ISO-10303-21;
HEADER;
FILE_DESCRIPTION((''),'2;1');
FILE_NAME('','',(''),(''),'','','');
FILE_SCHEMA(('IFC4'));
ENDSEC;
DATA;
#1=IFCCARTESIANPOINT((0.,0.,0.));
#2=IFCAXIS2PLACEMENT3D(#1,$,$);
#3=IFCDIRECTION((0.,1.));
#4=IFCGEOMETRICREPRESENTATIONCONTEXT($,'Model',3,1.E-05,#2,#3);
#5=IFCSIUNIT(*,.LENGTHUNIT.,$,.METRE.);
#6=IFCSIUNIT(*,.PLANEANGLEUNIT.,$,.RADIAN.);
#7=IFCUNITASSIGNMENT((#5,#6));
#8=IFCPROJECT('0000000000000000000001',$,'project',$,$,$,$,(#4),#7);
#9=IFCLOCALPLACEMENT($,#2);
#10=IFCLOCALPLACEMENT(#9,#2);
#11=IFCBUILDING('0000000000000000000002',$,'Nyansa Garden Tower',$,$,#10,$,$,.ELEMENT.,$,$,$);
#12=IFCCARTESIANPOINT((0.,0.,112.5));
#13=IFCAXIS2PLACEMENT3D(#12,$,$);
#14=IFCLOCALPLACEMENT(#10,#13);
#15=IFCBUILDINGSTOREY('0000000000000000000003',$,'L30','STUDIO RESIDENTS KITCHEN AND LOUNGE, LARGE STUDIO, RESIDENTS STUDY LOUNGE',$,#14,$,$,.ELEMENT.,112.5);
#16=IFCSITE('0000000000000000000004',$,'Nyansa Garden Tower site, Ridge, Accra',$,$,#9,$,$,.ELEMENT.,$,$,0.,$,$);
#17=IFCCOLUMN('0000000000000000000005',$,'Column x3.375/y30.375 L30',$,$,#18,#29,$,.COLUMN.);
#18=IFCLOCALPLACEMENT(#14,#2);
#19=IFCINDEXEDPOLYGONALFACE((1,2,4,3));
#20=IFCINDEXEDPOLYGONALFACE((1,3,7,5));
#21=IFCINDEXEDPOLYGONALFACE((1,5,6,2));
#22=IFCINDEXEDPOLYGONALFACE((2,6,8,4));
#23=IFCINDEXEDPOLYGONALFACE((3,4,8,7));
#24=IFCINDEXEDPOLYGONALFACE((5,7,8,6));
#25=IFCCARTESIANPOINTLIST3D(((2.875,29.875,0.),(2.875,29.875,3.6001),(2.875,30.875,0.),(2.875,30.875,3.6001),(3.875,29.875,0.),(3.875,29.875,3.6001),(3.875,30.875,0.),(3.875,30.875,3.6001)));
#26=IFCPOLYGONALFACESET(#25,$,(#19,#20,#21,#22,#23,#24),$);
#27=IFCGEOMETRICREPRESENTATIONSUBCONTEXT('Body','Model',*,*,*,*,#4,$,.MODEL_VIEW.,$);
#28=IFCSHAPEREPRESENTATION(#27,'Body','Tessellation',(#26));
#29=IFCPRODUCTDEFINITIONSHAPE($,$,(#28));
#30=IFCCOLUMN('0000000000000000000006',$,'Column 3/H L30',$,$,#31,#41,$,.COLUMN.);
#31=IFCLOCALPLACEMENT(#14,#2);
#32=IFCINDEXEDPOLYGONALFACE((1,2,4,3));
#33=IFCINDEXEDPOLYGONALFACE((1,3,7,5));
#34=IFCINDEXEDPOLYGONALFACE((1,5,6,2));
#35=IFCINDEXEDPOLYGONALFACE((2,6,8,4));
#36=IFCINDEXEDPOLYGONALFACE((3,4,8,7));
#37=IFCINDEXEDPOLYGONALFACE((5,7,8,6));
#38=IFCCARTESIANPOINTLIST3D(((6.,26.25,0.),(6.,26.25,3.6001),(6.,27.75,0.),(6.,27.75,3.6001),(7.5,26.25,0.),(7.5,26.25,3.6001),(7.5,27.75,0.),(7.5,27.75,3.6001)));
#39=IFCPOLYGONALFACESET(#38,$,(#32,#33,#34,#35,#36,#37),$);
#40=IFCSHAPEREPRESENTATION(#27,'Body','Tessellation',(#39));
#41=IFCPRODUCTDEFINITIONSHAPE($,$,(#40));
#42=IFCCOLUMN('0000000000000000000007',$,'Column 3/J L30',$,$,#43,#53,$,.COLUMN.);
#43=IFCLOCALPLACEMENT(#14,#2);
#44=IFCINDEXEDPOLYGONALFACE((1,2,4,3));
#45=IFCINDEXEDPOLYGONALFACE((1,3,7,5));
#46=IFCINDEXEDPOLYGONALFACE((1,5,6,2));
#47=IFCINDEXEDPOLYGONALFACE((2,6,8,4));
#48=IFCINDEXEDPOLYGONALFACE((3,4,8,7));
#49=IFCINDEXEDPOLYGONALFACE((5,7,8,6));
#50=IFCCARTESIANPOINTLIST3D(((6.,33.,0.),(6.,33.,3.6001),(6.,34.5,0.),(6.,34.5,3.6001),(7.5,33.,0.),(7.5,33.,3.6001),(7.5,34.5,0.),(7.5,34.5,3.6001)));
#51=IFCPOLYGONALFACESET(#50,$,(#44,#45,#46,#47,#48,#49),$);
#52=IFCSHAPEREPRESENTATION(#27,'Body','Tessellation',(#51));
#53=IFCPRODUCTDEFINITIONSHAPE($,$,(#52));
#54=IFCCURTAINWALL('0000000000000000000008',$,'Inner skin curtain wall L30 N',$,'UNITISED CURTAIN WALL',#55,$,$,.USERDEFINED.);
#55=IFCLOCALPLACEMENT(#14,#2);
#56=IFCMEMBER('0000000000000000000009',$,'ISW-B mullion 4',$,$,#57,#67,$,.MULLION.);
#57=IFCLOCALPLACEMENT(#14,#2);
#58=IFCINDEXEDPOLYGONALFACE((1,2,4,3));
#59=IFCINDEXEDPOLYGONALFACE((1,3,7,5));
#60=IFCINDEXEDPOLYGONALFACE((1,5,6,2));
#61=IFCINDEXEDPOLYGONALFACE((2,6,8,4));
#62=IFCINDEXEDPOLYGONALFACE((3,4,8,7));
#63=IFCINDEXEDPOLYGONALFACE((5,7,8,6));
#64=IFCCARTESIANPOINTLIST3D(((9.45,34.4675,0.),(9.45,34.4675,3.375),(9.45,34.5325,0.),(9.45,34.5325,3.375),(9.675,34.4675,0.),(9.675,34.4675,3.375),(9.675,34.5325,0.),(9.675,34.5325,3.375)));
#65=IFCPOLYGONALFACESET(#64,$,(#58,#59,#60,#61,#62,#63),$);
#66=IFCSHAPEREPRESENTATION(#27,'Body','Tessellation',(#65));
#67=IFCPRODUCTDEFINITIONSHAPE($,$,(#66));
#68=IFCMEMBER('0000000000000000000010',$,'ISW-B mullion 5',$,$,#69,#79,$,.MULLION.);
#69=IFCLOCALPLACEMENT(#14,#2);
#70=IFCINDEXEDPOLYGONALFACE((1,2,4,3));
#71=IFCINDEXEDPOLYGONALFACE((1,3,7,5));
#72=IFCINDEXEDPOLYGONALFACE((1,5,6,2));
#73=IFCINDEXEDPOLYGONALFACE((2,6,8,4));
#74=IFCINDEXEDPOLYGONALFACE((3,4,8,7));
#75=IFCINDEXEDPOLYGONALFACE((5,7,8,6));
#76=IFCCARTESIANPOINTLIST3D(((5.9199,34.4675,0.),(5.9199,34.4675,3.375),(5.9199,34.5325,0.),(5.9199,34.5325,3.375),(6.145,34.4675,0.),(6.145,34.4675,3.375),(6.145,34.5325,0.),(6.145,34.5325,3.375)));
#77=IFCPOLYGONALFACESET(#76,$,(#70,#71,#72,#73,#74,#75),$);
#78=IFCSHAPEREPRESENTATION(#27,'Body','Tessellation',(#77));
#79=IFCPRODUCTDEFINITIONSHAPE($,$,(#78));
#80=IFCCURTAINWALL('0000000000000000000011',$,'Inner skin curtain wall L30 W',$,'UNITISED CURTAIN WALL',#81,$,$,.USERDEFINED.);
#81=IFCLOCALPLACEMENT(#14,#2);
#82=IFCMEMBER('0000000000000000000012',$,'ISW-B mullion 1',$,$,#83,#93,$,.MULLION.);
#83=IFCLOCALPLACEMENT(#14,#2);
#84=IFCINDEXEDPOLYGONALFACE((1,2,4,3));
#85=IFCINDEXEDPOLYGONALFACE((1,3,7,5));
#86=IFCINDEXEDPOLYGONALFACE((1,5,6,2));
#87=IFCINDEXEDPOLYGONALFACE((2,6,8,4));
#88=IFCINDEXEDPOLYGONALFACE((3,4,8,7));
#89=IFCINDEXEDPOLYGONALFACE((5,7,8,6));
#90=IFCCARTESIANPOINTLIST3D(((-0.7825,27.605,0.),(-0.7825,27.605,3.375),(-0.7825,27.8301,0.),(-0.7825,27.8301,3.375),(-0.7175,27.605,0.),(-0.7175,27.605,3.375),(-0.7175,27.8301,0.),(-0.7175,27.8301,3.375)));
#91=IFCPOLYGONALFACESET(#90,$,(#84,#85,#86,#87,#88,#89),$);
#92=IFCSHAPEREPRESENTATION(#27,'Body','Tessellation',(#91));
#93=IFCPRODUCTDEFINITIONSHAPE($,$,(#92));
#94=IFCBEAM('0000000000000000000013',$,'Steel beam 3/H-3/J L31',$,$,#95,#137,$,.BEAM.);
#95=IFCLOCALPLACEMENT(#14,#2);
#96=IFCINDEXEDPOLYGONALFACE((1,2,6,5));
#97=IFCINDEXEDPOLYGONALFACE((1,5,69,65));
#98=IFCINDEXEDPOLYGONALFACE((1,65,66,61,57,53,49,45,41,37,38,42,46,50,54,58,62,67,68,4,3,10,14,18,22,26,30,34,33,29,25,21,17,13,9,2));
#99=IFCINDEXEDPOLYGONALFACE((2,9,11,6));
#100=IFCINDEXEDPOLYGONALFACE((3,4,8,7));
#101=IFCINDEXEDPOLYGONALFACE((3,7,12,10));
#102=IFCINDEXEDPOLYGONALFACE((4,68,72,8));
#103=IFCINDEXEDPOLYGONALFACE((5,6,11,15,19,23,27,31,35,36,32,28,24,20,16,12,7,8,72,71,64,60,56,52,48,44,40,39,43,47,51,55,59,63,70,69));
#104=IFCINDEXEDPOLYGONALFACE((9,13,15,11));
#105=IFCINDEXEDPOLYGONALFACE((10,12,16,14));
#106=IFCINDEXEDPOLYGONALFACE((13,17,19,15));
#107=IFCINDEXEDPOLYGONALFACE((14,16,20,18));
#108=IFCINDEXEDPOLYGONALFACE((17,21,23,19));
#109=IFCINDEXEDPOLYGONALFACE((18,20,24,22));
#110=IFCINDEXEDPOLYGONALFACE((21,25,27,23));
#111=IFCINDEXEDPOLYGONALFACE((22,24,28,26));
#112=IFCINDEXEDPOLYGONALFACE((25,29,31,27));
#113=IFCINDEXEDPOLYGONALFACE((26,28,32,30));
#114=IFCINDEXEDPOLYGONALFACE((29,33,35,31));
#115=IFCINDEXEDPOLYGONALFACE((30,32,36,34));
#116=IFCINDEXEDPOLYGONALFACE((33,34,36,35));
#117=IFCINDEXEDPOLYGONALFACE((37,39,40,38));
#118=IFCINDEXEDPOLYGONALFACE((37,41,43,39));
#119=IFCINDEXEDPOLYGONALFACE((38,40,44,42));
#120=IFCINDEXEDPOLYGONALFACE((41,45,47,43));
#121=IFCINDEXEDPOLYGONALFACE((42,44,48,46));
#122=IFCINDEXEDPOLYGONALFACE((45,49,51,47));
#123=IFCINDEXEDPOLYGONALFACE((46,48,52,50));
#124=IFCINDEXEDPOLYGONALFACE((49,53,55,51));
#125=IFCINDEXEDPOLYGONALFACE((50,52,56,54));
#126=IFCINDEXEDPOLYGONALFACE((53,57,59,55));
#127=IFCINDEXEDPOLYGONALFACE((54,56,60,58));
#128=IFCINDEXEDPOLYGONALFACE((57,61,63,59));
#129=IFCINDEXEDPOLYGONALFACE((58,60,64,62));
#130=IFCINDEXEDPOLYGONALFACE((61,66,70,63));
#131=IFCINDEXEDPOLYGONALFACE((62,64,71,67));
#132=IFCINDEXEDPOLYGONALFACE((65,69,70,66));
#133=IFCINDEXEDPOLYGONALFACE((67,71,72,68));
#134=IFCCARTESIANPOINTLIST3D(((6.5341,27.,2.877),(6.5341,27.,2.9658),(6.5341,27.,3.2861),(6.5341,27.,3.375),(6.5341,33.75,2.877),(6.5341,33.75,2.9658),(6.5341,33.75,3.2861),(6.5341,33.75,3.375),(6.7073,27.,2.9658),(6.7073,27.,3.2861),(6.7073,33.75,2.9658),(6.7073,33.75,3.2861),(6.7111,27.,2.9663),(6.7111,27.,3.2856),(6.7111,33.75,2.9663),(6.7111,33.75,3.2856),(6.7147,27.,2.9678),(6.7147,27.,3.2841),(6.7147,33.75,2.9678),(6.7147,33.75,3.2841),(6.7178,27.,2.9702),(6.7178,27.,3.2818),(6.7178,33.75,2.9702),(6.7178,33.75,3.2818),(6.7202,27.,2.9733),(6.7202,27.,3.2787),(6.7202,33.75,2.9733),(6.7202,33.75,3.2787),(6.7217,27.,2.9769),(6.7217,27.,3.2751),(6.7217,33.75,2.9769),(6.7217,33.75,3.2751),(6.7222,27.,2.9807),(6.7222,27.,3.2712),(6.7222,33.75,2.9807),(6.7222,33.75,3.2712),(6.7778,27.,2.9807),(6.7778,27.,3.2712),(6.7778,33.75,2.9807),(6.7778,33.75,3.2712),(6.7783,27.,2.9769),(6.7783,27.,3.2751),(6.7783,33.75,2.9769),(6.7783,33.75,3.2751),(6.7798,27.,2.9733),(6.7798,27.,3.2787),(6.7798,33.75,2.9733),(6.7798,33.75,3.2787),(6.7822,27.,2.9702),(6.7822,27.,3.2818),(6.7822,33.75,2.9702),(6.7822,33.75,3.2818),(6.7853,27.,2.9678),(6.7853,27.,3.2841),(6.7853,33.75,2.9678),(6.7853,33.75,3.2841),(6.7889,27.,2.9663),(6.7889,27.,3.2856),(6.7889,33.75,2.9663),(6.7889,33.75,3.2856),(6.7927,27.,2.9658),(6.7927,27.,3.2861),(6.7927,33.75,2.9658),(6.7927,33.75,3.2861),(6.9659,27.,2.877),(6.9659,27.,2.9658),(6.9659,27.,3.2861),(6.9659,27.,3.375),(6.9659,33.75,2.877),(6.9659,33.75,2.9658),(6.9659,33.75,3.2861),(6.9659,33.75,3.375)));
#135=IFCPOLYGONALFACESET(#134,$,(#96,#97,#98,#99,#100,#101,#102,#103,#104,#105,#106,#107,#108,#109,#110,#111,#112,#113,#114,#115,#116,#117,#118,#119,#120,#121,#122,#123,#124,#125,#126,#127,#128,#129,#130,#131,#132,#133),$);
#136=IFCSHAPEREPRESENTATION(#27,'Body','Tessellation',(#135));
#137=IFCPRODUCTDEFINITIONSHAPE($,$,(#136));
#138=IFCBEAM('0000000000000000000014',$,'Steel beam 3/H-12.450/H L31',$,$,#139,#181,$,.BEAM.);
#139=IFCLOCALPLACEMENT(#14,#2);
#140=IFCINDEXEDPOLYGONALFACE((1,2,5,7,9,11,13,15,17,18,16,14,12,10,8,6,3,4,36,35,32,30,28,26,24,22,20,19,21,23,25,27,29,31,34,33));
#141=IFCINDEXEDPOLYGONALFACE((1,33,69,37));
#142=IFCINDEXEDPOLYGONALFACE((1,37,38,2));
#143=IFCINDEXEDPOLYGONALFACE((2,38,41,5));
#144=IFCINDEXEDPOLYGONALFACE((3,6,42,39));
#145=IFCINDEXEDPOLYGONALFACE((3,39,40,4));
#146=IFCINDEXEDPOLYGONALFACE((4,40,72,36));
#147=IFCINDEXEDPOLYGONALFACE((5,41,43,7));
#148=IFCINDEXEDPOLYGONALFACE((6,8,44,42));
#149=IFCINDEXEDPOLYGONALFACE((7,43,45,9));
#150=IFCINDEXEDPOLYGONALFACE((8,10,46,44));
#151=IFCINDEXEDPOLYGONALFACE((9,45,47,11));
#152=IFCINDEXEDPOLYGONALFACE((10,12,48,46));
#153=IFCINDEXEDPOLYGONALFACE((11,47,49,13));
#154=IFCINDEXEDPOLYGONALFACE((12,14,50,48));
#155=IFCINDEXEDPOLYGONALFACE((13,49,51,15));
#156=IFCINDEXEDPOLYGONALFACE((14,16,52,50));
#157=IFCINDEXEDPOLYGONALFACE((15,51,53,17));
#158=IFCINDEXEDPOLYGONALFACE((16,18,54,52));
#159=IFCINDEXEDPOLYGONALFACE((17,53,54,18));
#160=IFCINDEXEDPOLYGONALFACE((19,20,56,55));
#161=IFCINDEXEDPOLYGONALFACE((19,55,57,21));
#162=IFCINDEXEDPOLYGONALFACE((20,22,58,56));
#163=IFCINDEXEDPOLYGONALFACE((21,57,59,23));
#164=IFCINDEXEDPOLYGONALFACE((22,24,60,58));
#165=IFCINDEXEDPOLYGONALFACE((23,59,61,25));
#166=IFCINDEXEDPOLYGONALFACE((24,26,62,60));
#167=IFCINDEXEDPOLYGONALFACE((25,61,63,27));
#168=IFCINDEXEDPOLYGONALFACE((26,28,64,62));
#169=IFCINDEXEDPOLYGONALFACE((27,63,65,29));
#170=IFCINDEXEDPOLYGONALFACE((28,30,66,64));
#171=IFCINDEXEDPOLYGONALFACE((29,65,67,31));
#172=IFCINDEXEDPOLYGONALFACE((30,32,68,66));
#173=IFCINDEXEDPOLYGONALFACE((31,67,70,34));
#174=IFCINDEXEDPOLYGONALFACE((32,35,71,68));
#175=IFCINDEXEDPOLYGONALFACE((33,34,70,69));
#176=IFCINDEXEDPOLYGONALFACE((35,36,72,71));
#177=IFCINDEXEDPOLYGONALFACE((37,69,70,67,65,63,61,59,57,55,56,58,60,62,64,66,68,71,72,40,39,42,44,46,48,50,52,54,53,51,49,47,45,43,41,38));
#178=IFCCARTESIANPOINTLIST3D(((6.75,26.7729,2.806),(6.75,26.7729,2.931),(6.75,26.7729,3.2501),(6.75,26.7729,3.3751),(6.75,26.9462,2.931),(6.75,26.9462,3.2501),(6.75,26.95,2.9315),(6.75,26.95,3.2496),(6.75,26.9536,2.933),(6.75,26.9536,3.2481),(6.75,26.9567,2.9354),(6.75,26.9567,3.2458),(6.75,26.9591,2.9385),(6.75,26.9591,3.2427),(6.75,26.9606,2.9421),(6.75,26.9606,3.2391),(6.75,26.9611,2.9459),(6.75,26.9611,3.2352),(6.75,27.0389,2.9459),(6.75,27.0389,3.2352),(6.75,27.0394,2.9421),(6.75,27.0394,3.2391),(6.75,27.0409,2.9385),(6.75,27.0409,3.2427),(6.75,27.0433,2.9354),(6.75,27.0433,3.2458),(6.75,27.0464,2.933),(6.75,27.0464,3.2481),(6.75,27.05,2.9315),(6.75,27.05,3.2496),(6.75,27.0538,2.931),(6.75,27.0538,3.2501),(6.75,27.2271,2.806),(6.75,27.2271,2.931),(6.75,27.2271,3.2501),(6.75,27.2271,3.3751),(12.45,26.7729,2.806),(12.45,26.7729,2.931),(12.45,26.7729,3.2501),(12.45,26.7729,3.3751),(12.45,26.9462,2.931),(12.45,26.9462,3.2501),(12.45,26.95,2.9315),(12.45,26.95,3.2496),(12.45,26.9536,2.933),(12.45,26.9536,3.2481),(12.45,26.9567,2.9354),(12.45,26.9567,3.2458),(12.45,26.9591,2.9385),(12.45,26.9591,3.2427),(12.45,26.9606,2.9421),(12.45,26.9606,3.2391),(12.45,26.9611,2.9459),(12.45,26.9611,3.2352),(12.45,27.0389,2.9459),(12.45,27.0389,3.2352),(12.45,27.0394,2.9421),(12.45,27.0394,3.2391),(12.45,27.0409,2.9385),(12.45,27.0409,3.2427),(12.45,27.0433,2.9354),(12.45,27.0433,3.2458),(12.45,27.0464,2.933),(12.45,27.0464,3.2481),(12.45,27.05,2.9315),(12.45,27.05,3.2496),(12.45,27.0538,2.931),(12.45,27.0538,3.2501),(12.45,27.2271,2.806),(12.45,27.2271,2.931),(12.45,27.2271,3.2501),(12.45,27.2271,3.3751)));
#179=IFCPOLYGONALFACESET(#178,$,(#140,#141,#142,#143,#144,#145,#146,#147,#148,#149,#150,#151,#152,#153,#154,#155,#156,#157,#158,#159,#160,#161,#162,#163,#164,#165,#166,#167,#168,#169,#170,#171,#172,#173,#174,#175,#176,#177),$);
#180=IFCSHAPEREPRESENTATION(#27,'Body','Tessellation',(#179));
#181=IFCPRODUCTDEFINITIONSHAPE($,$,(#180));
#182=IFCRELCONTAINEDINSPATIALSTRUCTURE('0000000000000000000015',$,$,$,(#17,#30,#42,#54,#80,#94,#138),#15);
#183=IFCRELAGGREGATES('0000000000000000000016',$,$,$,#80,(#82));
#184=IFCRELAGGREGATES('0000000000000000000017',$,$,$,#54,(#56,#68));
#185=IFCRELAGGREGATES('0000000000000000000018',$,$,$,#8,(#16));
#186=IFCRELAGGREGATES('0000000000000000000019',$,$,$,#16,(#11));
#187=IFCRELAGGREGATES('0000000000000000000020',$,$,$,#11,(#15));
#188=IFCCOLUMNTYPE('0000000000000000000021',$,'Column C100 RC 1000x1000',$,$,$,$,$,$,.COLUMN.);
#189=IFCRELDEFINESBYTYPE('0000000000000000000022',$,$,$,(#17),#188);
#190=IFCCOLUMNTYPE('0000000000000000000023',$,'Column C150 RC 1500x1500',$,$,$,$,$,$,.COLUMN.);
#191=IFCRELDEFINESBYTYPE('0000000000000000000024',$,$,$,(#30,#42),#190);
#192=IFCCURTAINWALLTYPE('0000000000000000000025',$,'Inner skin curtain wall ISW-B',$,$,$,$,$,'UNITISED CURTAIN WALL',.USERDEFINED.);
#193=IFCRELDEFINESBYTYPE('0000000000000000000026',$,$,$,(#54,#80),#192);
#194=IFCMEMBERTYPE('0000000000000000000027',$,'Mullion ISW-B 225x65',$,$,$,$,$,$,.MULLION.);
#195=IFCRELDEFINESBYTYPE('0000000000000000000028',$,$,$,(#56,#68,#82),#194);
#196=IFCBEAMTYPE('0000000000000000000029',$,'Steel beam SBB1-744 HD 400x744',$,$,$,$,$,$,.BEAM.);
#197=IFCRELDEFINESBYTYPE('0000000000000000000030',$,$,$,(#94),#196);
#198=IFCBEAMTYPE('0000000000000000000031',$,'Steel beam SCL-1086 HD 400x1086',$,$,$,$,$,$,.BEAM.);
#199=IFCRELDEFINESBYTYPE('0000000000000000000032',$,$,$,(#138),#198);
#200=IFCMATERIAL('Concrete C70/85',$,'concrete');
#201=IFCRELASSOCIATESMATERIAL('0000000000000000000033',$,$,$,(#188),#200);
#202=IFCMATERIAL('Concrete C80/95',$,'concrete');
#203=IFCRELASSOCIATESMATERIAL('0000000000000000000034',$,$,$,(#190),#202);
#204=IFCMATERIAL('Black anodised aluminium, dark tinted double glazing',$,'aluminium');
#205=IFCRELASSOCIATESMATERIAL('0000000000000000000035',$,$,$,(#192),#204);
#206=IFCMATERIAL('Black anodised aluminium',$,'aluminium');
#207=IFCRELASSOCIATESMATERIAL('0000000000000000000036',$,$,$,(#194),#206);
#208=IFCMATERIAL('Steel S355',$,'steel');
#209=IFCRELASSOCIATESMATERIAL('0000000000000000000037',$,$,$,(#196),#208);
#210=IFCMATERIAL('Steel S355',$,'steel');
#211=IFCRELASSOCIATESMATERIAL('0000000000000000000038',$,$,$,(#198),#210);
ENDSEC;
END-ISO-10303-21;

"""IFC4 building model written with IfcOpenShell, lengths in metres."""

from ifc_helpers import new_model, si_unit, direction, frame, origin, origin_2d, place, context, subcontext, project, spatial, rectangle, i_section, extrude, material, material_profile, profile_set, type_object, element, aggregate, save


model = new_model("IFC4")

# Units and contexts
model_context = context("Model", 3, precision=1e-05, world=origin(), true_north=direction((0.0, 1.0)))
body_context = subcontext(model_context, "Body", "Model", "MODEL_VIEW")
ifc_project = project(units=[si_unit("LENGTHUNIT", "METRE"), si_unit("PLANEANGLEUNIT", "RADIAN")], contexts=[model_context])

# Site, building, storey
site_placement = place(None, origin())
site = spatial("IfcSite", under=ifc_project, at=site_placement, Name="Nyansa Garden Tower site, Ridge, Accra", CompositionType="ELEMENT", RefElevation=0.0)
building_placement = place(site_placement, origin())
building = spatial("IfcBuilding", under=site, at=building_placement, Name="Nyansa Garden Tower", CompositionType="ELEMENT")
storey_placement = place(building_placement, frame((0.0, 0.0, 112.5)))
storey = spatial("IfcBuildingStorey", under=building, at=storey_placement, Name="L30", Description="STUDIO RESIDENTS KITCHEN AND LOUNGE, LARGE STUDIO, RESIDENTS STUDY LOUNGE", CompositionType="ELEMENT", Elevation=112.5)

# Columns
ifc_material_1 = material(Name="Concrete C70/85", Category="concrete")
ifc_material_profile_1 = material_profile(ifc_material_1, rectangle(XDim=1.0, YDim=1.0, at=origin_2d()), Name="RC 1000x1000")
ifc_profile_set_1 = profile_set([ifc_material_profile_1], Name="Concrete C70/85")
column_type_1 = type_object("IfcColumnType", Name="Column C100 RC 1000x1000", PredefinedType="COLUMN", material=ifc_profile_set_1)
column_placement = place(storey_placement, frame((3.375, 30.375, 0.0), z_axis=(0.0, 0.0, 1.0), x_axis=(1.0, 0.0, 0.0)))
element("IfcColumn", 1, at=column_placement, inside=storey, type_object=column_type_1, Name="Column x3.375/y30.375 L30", PredefinedType="COLUMN", context=body_context, shape_type="SweptSolid", body=[
    extrude(rectangle(XDim=1.0, YDim=1.0, at=origin_2d()), origin(), (0.0, 0.0, 1.0), 3.6001),
])
ifc_material_2 = material(Name="Concrete C80/95", Category="concrete")
ifc_material_profile_2 = material_profile(ifc_material_2, rectangle(XDim=1.5, YDim=1.5, at=origin_2d()), Name="RC 1500x1500")
ifc_profile_set_2 = profile_set([ifc_material_profile_2], Name="Concrete C80/95")
column_type_2 = type_object("IfcColumnType", Name="Column C150 RC 1500x1500", PredefinedType="COLUMN", material=ifc_profile_set_2)
for number, where, z_axis, x_axis, name in (
    (2, (6.75, 27.0, 0.0), (0.0, 0.0, 1.0), (1.0, 0.0, 0.0), "Column 3/H L30"),
    (3, (6.75, 33.75, 0.0), (0.0, 0.0, 1.0), (1.0, 0.0, 0.0), "Column 3/J L30"),
):
    element("IfcColumn", number, at=place(storey_placement, frame(where, z_axis=z_axis, x_axis=x_axis)), inside=storey, type_object=column_type_2, Name=name, PredefinedType="COLUMN", context=body_context, shape_type="SweptSolid", body=[
        extrude(rectangle(XDim=1.5, YDim=1.5, at=origin_2d()), origin(), (0.0, 0.0, 1.0), 3.6001),
    ])

# Curtain wall, members
ifc_material_3 = material(Name="Black anodised aluminium, dark tinted double glazing", Category="aluminium")
curtain_wall_type = type_object("IfcCurtainWallType", Name="Inner skin curtain wall ISW-B", ElementType="UNITISED CURTAIN WALL", PredefinedType="USERDEFINED", material=ifc_material_3)
curtain_wall_1_placement = place(storey_placement, origin())
curtain_wall_1 = element("IfcCurtainWall", 4, at=curtain_wall_1_placement, inside=storey, type_object=curtain_wall_type, Name="Inner skin curtain wall L30 N", ObjectType="UNITISED CURTAIN WALL", PredefinedType="USERDEFINED")
ifc_material_4 = material(Name="Black anodised aluminium", Category="aluminium")
ifc_material_profile_3 = material_profile(ifc_material_4, rectangle(XDim=0.0649, YDim=0.2251, at=origin_2d()), Name="Mullion 225x65")
ifc_profile_set_3 = profile_set([ifc_material_profile_3], Name="Black anodised aluminium")
member_type_1 = type_object("IfcMemberType", Name="Mullion ISW-B 225x65", PredefinedType="MULLION", material=ifc_profile_set_3)
member_1_placement = place(storey_placement, frame((9.5625, 34.5, 0.0), z_axis=(0.0, 0.0, 1.0), x_axis=(0.0, -1.0, 0.0)))
member_1 = element("IfcMember", 5, at=member_1_placement, type_object=member_type_1, Name="ISW-B mullion 4", PredefinedType="MULLION", context=body_context, shape_type="SweptSolid", body=[
    extrude(rectangle(XDim=0.0649, YDim=0.2251, at=origin_2d()), origin(), (0.0, 0.0, 1.0), 3.375),
])
member_2_placement = place(storey_placement, frame((6.0325, 34.5, 0.0), z_axis=(0.0, 0.0, 1.0), x_axis=(0.0, -1.0, 0.0)))
member_2 = element("IfcMember", 6, at=member_2_placement, type_object=member_type_1, Name="ISW-B mullion 5", PredefinedType="MULLION", context=body_context, shape_type="SweptSolid", body=[
    extrude(rectangle(XDim=0.0649, YDim=0.2251, at=origin_2d()), origin(), (0.0, 0.0, 1.0), 3.375),
])

# Curtain wall, member
curtain_wall_2_placement = place(storey_placement, origin())
curtain_wall_2 = element("IfcCurtainWall", 7, at=curtain_wall_2_placement, inside=storey, type_object=curtain_wall_type, Name="Inner skin curtain wall L30 W", ObjectType="UNITISED CURTAIN WALL", PredefinedType="USERDEFINED")
member_3_placement = place(storey_placement, frame((-0.75, 27.7175, 0.0), z_axis=(0.0, 0.0, 1.0), x_axis=(1.0, 0.0, 0.0)))
member_3 = element("IfcMember", 8, at=member_3_placement, type_object=member_type_1, Name="ISW-B mullion 1", PredefinedType="MULLION", context=body_context, shape_type="SweptSolid", body=[
    extrude(rectangle(XDim=0.0649, YDim=0.2251, at=origin_2d()), origin(), (0.0, 0.0, 1.0), 3.375),
])

# Beams
ifc_material_5 = material(Name="Steel S355", Category="steel")
ifc_material_profile_4 = material_profile(ifc_material_5, i_section(OverallWidth=0.4319, OverallDepth=0.498, WebThickness=0.0557, FlangeThickness=0.0889, FilletRadius=0.0149, at=origin_2d()), Name="HD 400x744")
ifc_profile_set_4 = profile_set([ifc_material_profile_4], Name="Steel S355")
beam_type_1 = type_object("IfcBeamType", Name="Steel beam SBB1-744 HD 400x744", PredefinedType="BEAM", material=ifc_profile_set_4)
beam_1_placement = place(storey_placement, frame((6.75, 27.0, 3.126), z_axis=(0.0, 1.0, 0.0), x_axis=(-1.0, 0.0, 0.0)))
element("IfcBeam", 9, at=beam_1_placement, inside=storey, type_object=beam_type_1, Name="Steel beam 3/H-3/J L31", PredefinedType="BEAM", context=body_context, shape_type="SweptSolid", body=[
    extrude(i_section(OverallWidth=0.4319, OverallDepth=0.498, WebThickness=0.0557, FlangeThickness=0.0889, FilletRadius=0.0149, at=origin_2d()), origin(), (0.0, 0.0, 1.0), 6.75),
])
ifc_material_6 = material(Name="Steel S355", Category="steel")
ifc_material_profile_5 = material_profile(ifc_material_6, i_section(OverallWidth=0.4541, OverallDepth=0.5691, WebThickness=0.0779, FlangeThickness=0.125, FilletRadius=0.0149, at=origin_2d()), Name="HD 400x1086")
ifc_profile_set_5 = profile_set([ifc_material_profile_5], Name="Steel S355")
beam_type_2 = type_object("IfcBeamType", Name="Steel beam SCL-1086 HD 400x1086", PredefinedType="BEAM", material=ifc_profile_set_5)
beam_2_placement = place(storey_placement, frame((6.75, 27.0, 3.0906), z_axis=(1.0, 0.0, 0.0), x_axis=(0.0, 1.0, 0.0)))
element("IfcBeam", 10, at=beam_2_placement, inside=storey, type_object=beam_type_2, Name="Steel beam 3/H-12.450/H L31", PredefinedType="BEAM", context=body_context, shape_type="SweptSolid", body=[
    extrude(i_section(OverallWidth=0.4541, OverallDepth=0.5691, WebThickness=0.0779, FlangeThickness=0.125, FilletRadius=0.0149, at=origin_2d()), origin(), (0.0, 0.0, 1.0), 5.7),
])

aggregate(curtain_wall_2, [member_3])

aggregate(curtain_wall_1, [member_1, member_2])

save(model, "model.ifc")
